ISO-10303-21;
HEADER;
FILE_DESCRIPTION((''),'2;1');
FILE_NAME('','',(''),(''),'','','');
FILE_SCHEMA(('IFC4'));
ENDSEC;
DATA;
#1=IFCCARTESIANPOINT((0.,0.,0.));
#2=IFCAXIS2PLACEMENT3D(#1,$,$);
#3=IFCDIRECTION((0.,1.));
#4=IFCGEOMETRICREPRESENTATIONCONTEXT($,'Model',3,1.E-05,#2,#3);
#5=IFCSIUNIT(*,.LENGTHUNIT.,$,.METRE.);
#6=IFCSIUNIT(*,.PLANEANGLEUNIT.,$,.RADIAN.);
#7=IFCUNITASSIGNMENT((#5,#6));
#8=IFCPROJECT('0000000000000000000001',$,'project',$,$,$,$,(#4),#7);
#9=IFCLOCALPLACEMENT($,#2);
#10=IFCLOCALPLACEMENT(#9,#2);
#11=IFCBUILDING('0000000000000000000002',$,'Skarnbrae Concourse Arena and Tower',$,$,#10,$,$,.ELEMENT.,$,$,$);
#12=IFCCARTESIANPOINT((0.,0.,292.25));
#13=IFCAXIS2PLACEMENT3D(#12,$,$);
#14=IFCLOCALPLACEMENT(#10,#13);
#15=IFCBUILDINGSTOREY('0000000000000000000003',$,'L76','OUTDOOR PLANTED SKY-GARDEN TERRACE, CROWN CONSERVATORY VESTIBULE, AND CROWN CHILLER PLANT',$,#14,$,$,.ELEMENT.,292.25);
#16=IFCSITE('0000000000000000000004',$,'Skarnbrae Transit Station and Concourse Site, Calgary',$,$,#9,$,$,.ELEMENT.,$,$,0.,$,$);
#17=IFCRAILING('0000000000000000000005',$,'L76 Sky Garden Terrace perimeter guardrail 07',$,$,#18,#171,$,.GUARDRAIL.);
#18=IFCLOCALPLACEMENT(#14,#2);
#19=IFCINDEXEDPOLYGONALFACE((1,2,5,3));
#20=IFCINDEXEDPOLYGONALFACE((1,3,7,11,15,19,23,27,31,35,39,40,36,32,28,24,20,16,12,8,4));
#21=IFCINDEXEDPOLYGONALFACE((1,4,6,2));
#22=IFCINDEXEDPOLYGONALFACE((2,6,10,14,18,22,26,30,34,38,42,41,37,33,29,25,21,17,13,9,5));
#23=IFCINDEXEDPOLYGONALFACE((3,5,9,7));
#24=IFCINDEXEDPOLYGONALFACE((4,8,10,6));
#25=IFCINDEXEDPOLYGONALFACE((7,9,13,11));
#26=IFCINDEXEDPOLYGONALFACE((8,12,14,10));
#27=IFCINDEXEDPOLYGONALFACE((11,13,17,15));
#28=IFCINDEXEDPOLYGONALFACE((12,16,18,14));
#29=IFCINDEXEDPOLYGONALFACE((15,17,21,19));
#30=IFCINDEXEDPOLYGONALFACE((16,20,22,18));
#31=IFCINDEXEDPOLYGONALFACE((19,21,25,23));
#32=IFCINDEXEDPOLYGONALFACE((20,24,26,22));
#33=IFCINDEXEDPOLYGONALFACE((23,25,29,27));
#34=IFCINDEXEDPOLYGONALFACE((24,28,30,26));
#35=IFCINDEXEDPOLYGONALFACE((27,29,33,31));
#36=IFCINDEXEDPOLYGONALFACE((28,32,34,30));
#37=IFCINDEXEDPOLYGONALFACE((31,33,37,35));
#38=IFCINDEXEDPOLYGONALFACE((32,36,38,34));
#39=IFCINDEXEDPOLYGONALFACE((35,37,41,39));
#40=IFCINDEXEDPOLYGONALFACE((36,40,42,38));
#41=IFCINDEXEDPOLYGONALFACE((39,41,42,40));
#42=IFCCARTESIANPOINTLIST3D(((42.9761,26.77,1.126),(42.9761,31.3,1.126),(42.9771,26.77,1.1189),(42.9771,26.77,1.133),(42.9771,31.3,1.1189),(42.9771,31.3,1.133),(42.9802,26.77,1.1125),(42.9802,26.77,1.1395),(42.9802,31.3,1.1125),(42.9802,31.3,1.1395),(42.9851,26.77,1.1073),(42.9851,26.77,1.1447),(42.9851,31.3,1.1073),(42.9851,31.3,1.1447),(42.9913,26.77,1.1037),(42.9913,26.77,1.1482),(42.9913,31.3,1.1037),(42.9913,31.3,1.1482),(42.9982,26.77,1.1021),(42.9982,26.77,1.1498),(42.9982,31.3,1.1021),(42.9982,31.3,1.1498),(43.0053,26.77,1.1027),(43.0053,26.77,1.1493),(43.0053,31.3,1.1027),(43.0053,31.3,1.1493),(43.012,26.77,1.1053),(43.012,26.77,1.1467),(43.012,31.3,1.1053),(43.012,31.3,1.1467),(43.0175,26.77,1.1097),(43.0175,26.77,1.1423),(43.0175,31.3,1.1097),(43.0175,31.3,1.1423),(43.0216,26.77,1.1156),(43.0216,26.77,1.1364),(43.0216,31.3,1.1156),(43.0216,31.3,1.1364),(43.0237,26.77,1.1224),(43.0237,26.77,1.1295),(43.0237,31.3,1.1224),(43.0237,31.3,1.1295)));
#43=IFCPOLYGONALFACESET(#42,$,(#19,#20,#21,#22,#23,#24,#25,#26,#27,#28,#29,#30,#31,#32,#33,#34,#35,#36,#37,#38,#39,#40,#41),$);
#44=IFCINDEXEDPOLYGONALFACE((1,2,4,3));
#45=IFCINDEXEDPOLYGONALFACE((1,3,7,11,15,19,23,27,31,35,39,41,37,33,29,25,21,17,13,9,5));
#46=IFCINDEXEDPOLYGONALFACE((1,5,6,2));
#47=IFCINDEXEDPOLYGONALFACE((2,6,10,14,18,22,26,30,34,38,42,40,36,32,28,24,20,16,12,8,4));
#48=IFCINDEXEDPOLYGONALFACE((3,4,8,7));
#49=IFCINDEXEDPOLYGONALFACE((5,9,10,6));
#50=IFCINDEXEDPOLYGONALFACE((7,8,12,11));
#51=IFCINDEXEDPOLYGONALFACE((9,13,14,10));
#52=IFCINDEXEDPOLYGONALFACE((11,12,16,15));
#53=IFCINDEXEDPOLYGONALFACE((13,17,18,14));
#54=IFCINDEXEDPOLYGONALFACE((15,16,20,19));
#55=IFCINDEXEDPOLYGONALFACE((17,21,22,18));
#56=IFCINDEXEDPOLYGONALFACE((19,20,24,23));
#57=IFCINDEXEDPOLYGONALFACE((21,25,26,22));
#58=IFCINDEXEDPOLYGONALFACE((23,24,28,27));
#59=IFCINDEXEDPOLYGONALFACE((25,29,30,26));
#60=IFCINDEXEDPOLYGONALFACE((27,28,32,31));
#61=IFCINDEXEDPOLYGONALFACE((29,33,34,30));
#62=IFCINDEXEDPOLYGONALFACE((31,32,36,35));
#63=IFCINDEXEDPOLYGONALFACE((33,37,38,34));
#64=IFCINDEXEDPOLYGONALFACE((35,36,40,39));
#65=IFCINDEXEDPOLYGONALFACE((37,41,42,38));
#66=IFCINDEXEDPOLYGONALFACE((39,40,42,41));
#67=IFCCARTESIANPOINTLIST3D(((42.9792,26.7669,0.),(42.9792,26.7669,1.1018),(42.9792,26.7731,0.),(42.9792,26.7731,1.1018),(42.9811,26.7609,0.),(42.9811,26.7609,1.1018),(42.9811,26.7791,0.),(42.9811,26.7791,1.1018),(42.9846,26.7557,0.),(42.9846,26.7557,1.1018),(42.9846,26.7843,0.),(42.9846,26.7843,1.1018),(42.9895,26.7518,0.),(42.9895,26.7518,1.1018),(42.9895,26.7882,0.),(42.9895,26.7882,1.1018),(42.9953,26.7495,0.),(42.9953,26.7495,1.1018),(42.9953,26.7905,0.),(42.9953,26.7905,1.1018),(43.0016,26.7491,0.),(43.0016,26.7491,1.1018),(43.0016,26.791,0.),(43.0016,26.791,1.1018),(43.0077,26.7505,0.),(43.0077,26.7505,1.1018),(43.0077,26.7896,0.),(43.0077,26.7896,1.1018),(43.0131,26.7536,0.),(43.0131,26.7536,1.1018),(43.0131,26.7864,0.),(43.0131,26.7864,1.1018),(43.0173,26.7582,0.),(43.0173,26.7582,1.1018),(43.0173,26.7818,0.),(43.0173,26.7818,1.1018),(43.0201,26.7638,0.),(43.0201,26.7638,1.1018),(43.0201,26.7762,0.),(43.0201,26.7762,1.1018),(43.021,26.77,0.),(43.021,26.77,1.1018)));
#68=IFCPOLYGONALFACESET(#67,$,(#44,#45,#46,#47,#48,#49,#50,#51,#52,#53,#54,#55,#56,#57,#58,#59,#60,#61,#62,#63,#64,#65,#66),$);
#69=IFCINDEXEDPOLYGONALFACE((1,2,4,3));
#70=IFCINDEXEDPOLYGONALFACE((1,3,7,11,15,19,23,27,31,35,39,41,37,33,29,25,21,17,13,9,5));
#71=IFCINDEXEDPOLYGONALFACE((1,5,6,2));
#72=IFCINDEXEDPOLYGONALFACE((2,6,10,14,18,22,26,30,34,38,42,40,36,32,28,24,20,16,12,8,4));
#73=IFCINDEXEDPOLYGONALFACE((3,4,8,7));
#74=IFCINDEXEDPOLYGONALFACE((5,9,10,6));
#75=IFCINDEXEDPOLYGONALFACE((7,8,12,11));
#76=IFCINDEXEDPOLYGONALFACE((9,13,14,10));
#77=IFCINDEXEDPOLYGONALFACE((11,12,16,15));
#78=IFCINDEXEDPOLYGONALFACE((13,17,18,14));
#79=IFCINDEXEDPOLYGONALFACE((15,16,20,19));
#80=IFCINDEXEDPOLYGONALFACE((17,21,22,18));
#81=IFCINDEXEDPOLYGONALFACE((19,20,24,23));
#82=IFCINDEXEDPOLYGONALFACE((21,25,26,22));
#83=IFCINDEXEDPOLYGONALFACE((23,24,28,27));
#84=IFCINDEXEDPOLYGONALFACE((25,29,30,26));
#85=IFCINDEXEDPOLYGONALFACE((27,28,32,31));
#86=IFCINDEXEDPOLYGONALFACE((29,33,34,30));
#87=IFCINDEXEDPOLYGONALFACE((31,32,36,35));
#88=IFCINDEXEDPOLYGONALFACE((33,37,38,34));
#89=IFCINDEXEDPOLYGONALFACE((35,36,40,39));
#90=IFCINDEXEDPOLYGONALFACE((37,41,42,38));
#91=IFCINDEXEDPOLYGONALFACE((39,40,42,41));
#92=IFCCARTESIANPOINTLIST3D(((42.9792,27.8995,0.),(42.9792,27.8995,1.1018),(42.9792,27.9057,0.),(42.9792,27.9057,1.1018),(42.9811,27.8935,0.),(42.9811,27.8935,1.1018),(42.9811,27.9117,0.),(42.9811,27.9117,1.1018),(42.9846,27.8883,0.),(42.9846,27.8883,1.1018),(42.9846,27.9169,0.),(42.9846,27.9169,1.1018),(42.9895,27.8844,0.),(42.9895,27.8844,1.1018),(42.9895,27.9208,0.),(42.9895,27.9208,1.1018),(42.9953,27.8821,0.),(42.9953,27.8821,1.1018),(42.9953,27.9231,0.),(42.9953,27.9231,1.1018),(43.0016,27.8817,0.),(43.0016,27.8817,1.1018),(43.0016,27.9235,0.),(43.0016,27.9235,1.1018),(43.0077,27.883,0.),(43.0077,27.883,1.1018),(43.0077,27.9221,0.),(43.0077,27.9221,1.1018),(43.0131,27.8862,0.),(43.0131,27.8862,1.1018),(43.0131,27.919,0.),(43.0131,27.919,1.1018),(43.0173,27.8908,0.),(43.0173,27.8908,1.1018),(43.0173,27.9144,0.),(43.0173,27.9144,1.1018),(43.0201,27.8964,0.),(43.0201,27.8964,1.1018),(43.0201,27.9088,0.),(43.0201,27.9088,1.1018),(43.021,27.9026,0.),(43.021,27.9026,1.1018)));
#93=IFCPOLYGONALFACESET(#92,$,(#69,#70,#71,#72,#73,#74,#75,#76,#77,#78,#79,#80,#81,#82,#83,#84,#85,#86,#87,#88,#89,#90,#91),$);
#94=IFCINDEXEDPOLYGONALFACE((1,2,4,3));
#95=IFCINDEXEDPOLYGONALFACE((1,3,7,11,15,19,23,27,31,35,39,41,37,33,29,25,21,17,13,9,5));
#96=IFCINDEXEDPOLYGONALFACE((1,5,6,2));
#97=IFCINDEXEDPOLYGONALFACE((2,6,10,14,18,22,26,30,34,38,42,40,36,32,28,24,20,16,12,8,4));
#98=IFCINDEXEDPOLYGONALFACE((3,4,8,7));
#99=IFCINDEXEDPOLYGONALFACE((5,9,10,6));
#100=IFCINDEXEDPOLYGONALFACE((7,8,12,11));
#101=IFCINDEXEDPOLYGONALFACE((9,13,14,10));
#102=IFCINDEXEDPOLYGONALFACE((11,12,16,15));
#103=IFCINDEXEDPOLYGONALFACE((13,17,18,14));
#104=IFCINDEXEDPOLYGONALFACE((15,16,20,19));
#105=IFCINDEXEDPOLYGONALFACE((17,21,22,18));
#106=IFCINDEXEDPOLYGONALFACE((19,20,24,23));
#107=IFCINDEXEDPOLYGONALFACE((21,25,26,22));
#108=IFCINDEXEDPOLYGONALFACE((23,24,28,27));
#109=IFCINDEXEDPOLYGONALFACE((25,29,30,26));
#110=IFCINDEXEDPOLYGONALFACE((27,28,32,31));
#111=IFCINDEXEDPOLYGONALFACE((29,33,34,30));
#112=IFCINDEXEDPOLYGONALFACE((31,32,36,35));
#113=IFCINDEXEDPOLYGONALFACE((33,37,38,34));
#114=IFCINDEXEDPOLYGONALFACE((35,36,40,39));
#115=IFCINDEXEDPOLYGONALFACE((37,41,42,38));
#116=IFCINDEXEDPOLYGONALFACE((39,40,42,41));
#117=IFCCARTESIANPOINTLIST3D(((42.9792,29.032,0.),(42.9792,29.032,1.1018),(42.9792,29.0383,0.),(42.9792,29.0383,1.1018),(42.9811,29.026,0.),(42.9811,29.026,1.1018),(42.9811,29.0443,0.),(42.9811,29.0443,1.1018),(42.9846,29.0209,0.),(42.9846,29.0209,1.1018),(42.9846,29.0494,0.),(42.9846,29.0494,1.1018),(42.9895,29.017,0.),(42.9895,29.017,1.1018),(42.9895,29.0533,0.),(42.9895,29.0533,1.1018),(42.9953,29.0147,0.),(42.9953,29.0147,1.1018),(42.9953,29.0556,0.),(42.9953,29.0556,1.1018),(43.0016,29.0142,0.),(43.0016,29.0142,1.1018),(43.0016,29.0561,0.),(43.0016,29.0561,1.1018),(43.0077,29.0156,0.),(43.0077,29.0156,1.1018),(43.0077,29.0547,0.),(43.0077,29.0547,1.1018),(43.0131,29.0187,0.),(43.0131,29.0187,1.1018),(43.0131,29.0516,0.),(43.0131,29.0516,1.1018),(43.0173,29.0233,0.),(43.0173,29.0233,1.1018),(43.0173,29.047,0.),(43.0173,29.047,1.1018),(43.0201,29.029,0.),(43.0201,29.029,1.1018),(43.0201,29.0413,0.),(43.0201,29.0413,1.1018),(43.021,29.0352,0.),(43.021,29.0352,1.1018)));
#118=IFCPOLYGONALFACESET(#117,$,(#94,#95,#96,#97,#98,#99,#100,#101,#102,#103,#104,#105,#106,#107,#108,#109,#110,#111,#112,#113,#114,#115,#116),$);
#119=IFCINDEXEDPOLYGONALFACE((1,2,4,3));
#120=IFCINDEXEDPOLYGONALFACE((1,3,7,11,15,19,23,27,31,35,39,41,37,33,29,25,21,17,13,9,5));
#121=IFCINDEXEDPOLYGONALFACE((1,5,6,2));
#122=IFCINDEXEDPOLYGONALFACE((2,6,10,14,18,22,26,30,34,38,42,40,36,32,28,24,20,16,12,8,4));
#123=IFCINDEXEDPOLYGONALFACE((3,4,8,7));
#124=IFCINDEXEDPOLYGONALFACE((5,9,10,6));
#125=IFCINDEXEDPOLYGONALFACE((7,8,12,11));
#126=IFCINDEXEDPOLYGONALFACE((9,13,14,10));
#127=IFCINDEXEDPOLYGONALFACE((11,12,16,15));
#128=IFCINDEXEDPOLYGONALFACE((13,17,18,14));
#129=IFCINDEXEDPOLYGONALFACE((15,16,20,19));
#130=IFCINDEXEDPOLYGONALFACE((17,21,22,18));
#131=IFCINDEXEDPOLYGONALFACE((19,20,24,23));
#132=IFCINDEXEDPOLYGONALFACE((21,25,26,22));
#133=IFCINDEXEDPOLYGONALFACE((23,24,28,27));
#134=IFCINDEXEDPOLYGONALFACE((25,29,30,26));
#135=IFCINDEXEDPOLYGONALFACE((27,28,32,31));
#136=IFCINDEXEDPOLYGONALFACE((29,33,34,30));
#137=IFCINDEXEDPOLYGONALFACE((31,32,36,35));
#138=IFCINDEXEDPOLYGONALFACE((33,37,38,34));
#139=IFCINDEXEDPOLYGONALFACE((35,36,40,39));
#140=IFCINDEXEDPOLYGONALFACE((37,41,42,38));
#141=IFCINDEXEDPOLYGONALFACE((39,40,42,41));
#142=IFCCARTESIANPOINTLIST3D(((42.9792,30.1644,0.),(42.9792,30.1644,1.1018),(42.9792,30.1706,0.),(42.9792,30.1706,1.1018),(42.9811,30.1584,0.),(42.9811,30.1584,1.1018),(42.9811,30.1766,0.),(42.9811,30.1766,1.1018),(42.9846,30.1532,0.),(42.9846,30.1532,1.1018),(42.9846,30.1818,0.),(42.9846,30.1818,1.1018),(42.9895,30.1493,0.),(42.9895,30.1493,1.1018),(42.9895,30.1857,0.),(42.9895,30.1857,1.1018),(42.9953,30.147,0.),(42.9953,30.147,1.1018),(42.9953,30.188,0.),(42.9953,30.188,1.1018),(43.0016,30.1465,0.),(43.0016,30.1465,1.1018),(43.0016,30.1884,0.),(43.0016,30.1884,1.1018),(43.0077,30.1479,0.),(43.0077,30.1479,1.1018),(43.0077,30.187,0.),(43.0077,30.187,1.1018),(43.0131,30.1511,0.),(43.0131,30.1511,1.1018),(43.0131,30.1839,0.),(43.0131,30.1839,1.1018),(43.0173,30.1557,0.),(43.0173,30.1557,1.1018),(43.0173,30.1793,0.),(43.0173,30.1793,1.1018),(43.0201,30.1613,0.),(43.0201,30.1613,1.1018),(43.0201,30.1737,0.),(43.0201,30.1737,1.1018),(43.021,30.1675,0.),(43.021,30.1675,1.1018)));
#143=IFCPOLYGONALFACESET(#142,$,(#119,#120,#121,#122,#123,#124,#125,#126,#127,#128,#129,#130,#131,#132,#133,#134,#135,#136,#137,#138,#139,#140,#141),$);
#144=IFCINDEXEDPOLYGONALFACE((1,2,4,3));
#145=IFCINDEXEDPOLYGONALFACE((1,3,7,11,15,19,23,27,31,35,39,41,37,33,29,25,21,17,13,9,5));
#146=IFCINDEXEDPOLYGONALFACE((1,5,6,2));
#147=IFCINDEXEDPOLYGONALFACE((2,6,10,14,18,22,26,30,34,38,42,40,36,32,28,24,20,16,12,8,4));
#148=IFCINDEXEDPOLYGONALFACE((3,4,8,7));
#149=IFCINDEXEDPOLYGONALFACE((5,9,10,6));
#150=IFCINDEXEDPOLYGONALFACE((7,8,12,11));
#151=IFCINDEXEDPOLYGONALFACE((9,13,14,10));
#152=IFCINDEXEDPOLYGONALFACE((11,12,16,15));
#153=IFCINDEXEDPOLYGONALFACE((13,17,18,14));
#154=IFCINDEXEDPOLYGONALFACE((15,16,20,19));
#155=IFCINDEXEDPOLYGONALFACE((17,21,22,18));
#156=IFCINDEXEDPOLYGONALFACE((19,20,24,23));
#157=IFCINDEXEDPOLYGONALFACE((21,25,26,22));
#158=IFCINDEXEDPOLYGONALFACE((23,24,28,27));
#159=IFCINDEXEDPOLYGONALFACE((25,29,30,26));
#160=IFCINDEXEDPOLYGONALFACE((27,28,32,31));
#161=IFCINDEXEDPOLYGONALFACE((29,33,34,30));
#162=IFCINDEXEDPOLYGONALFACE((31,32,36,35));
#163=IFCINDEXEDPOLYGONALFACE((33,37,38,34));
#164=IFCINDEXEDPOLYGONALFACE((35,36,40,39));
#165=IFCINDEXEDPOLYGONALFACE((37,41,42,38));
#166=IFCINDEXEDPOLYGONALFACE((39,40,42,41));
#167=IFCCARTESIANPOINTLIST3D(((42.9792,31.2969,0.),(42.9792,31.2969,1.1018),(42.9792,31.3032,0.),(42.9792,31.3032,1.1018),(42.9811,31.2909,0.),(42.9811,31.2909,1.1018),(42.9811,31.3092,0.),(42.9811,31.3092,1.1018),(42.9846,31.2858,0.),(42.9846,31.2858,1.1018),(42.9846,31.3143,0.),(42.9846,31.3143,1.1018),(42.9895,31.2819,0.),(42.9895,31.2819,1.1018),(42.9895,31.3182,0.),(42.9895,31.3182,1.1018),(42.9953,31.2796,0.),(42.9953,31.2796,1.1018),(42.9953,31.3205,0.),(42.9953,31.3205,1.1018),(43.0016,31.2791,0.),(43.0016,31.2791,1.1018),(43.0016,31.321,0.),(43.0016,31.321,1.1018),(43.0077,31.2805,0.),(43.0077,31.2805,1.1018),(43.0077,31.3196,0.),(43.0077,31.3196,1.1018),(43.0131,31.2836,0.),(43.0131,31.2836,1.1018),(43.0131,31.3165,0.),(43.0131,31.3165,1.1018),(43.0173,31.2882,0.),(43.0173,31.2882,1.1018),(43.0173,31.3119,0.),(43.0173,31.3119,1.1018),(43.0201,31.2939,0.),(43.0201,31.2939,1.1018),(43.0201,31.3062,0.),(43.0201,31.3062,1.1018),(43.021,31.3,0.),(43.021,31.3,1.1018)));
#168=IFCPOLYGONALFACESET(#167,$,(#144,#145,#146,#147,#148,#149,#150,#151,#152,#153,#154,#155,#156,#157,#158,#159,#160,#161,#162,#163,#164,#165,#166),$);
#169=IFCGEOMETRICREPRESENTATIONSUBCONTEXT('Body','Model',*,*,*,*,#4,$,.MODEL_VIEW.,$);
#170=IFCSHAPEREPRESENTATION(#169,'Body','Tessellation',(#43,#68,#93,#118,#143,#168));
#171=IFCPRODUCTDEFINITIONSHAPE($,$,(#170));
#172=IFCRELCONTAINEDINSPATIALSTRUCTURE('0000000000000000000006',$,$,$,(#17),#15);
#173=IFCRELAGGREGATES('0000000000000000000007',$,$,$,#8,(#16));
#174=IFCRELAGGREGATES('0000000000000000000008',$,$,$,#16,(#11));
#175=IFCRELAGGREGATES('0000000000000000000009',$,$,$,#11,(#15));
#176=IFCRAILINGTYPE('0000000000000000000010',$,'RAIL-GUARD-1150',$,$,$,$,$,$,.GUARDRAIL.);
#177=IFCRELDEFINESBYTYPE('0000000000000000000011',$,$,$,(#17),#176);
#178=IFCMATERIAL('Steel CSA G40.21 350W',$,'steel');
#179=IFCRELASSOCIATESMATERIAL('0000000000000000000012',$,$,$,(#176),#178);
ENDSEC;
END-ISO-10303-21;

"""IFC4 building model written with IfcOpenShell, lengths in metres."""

from ifc_helpers import new_model, si_unit, direction, frame, origin, origin_2d, place, context, subcontext, project, spatial, circle, extrude, material, type_object, element, save


model = new_model("IFC4")

# Units and contexts
model_context = context("Model", 3, precision=1e-05, world=origin(), true_north=direction((0.0, 1.0)))
body_context = subcontext(model_context, "Body", "Model", "MODEL_VIEW")
ifc_project = project(units=[si_unit("LENGTHUNIT", "METRE"), si_unit("PLANEANGLEUNIT", "RADIAN")], contexts=[model_context])

# Site, building, storey
site_placement = place(None, origin())
site = spatial("IfcSite", under=ifc_project, at=site_placement, Name="Skarnbrae Transit Station and Concourse Site, Calgary", CompositionType="ELEMENT", RefElevation=0.0)
building_placement = place(site_placement, origin())
building = spatial("IfcBuilding", under=site, at=building_placement, Name="Skarnbrae Concourse Arena and Tower", CompositionType="ELEMENT")
storey_placement = place(building_placement, frame((0.0, 0.0, 292.25)))
storey = spatial("IfcBuildingStorey", under=building, at=storey_placement, Name="L76", Description="OUTDOOR PLANTED SKY-GARDEN TERRACE, CROWN CONSERVATORY VESTIBULE, AND CROWN CHILLER PLANT", CompositionType="ELEMENT", Elevation=292.25)

# Shared definitions
ifc_material_1 = material(Name="Steel CSA G40.21 350W", Category="steel")

# Railing
railing_type = type_object("IfcRailingType", Name="RAIL-GUARD-1150", PredefinedType="GUARDRAIL", material=ifc_material_1)
railing_1_placement = place(storey_placement, frame((43.0, 26.77, 0.0)))
element("IfcRailing", 1, at=railing_1_placement, inside=storey, type_object=railing_type, Name="L76 Sky Garden Terrace perimeter guardrail 07", PredefinedType="GUARDRAIL", context=body_context, shape_type="SweptSolid", body=[
    extrude(circle(Radius=0.0239, at=origin_2d()), frame((0.0, 0.0, 1.126), z_axis=(0.0, 1.0, 0.0), x_axis=(-1.0, 0.0, 0.0)), (0.0, 0.0, 1.0), 4.53),
    extrude(circle(Radius=0.021, at=origin_2d()), origin(), (0.0, 0.0, 1.0), 1.1018),
    extrude(circle(Radius=0.021, at=origin_2d()), frame((0.0, 1.1326, 0.0)), (0.0, 0.0, 1.0), 1.1018),
    extrude(circle(Radius=0.021, at=origin_2d()), frame((0.0, 2.2651, 0.0)), (0.0, 0.0, 1.0), 1.1018),
    extrude(circle(Radius=0.021, at=origin_2d()), frame((0.0, 3.3975, 0.0)), (0.0, 0.0, 1.0), 1.1018),
    extrude(circle(Radius=0.021, at=origin_2d()), frame((0.0, 4.53, 0.0)), (0.0, 0.0, 1.0), 1.1018),
])

save(model, "model.ifc")
